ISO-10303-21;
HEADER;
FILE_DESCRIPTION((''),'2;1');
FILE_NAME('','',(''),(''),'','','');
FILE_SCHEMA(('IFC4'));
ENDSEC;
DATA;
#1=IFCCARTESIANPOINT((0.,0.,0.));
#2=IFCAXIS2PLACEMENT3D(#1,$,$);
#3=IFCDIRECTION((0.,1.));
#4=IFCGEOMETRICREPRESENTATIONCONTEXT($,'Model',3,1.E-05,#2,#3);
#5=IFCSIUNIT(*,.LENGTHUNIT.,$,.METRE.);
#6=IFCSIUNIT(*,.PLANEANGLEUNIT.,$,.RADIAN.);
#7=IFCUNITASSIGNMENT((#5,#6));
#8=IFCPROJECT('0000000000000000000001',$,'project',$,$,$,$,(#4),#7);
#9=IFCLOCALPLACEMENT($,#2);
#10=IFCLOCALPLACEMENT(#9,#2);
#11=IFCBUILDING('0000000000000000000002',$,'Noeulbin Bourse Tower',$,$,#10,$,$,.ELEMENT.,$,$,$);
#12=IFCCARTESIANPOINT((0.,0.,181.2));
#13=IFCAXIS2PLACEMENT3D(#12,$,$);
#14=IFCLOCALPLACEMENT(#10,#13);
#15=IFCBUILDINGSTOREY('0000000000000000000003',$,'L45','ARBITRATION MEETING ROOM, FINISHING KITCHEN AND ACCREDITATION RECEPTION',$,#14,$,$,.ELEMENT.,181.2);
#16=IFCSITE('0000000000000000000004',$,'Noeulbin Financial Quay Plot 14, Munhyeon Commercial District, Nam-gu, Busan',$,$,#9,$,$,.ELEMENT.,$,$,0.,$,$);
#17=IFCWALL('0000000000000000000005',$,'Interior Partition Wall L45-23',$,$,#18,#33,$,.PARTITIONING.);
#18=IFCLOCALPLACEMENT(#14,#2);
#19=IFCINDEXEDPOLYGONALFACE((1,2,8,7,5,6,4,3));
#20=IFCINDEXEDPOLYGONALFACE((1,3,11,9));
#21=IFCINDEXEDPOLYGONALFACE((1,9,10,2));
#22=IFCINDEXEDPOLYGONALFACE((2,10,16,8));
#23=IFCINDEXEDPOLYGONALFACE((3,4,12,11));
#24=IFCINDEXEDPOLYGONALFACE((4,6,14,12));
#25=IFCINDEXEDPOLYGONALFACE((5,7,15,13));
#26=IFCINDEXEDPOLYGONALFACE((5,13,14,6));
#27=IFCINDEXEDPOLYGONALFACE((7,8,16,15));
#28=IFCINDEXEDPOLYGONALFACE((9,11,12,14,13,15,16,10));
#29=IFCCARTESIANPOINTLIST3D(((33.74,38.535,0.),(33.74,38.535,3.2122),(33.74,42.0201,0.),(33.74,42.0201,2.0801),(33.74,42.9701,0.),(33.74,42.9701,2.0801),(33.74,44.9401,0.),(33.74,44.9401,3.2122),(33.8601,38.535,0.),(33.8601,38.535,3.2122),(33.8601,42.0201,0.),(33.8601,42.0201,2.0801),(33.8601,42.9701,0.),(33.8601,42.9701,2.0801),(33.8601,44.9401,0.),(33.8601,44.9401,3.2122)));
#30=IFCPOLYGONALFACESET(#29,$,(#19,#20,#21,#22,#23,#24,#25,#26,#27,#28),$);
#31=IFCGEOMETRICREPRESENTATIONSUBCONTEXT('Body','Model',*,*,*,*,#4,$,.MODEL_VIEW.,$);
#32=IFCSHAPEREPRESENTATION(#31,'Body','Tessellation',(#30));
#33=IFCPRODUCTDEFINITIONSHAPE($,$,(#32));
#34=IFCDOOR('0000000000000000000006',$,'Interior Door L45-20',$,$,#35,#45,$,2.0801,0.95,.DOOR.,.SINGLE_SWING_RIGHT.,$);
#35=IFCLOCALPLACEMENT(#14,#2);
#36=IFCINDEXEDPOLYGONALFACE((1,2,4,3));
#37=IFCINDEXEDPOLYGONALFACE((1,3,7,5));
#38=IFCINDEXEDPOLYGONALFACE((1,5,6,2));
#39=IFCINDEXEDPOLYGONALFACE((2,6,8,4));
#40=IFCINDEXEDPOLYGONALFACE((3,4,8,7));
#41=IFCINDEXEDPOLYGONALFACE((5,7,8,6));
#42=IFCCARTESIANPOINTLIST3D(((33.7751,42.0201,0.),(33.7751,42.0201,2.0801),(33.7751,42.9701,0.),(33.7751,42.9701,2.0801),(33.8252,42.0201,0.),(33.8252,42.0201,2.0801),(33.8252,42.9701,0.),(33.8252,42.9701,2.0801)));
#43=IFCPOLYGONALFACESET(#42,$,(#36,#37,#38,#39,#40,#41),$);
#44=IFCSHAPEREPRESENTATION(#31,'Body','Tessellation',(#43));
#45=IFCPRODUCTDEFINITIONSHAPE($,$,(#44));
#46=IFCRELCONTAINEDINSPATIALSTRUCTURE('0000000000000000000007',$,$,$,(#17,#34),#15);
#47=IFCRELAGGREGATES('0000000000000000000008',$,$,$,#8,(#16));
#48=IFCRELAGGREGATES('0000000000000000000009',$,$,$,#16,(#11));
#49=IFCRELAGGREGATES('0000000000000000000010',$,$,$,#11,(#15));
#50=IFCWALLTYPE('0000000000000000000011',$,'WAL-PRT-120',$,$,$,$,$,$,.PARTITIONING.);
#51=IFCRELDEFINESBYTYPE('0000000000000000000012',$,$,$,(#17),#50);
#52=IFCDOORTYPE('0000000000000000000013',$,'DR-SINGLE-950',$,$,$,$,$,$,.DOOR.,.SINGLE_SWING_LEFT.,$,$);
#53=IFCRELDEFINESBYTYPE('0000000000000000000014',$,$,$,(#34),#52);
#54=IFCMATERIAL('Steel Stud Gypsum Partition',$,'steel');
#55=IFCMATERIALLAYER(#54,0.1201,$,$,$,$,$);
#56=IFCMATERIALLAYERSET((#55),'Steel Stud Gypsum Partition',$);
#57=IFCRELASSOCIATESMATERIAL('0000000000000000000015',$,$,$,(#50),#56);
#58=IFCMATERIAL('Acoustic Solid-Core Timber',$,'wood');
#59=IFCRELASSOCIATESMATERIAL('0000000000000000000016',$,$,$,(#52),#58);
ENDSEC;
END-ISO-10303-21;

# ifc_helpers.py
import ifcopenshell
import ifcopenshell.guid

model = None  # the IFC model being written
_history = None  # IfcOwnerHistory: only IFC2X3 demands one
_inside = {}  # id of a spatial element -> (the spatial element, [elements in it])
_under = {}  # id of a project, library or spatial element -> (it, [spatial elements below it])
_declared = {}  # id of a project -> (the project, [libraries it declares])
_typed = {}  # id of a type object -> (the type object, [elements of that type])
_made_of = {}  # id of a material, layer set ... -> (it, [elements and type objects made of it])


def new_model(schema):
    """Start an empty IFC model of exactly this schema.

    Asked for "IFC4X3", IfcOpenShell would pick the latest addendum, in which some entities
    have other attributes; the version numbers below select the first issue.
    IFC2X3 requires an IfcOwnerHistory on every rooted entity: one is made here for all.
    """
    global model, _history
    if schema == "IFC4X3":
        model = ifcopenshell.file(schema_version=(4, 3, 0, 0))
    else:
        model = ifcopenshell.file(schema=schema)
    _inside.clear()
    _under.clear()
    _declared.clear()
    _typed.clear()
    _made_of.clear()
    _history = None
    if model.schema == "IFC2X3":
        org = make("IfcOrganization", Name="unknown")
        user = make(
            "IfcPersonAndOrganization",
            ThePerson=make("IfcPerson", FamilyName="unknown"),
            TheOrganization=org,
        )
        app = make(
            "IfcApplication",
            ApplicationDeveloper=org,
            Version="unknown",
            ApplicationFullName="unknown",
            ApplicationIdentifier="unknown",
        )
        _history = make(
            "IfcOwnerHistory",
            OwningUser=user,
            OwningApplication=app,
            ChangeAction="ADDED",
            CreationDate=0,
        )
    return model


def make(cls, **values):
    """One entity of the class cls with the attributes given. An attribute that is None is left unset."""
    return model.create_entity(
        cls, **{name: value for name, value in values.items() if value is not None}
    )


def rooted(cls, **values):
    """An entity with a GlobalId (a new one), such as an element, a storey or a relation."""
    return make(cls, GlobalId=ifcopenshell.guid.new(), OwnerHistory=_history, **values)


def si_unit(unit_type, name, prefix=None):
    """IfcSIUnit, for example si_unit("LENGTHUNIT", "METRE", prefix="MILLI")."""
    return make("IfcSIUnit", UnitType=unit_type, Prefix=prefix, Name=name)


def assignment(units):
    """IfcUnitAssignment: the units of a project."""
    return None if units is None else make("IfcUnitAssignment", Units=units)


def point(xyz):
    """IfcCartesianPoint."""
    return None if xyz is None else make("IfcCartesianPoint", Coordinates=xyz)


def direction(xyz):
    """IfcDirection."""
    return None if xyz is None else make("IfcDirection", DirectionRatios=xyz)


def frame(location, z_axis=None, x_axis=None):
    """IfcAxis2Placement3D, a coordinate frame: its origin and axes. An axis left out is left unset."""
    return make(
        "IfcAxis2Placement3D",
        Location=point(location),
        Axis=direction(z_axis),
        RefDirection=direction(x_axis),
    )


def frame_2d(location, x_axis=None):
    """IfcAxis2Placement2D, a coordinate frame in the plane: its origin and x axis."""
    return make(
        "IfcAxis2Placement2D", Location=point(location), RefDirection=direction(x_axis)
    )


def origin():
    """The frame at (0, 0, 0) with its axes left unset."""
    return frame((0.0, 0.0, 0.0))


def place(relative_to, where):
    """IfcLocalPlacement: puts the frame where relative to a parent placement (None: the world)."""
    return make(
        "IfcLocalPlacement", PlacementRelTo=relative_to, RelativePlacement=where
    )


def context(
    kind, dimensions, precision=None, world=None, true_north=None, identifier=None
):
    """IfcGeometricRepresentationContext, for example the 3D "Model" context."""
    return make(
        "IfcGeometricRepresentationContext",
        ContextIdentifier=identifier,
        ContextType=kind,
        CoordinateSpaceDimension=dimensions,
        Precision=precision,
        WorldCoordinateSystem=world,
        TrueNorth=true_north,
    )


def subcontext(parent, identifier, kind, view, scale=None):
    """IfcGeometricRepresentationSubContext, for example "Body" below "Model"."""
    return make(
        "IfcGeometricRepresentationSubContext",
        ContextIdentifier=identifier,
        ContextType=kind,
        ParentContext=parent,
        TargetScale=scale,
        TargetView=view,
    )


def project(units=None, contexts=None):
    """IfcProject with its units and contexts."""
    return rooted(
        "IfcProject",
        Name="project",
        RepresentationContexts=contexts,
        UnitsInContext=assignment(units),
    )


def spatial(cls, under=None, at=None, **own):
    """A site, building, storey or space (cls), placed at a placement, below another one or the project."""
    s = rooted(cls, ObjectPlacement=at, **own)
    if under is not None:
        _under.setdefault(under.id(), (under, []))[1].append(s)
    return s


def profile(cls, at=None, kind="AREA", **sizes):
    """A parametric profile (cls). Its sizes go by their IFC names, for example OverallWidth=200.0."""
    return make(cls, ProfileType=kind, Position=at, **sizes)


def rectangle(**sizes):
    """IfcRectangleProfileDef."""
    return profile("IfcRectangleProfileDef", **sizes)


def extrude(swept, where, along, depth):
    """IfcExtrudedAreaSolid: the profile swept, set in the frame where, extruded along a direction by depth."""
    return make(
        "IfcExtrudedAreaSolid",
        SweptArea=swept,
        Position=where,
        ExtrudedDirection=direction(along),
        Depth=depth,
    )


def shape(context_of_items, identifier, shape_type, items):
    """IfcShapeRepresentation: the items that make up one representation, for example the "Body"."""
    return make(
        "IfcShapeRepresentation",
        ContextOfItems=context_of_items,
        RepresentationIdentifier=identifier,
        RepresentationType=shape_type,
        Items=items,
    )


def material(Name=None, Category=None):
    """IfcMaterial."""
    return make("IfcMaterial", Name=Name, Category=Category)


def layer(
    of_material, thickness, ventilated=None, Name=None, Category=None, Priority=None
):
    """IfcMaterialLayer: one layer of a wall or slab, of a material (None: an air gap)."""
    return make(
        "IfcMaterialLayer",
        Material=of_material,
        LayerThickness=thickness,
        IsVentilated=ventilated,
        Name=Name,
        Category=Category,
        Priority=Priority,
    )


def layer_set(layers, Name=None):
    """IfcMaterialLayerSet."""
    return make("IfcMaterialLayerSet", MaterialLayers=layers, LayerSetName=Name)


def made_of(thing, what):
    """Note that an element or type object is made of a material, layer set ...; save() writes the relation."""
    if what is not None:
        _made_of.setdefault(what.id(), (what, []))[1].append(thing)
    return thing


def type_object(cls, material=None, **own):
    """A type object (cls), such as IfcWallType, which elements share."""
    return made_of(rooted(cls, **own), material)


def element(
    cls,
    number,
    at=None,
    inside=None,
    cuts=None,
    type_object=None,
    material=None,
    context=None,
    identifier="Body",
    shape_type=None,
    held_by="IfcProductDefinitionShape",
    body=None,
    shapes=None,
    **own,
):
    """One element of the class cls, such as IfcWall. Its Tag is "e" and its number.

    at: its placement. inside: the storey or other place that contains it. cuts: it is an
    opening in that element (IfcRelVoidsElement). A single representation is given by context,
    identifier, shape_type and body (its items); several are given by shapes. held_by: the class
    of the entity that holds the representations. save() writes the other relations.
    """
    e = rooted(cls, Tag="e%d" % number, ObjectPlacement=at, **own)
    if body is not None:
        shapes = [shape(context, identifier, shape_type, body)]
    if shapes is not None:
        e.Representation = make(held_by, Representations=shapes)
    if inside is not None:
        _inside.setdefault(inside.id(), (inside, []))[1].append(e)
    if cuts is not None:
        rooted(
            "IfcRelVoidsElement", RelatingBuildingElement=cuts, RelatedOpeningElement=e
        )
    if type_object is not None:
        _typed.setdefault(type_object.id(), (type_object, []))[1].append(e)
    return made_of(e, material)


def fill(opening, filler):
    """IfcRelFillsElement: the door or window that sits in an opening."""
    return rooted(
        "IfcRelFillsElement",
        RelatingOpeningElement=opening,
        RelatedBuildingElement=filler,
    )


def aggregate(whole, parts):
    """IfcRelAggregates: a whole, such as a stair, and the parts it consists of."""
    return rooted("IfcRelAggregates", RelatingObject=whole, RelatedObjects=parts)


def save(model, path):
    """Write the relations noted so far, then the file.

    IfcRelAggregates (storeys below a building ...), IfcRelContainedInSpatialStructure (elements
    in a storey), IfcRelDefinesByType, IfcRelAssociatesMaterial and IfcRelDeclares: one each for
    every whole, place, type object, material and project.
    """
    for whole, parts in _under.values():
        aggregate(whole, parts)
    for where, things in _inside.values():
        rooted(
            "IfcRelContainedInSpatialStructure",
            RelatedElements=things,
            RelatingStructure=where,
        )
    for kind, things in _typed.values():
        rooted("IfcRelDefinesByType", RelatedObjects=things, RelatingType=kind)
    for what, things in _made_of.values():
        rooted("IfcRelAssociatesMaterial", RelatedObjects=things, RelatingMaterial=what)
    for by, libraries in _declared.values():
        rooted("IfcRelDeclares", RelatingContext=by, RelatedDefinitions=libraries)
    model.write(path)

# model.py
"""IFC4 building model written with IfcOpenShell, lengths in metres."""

from ifc_helpers import new_model, si_unit, direction, frame, frame_2d, origin, place, context, subcontext, project, spatial, rectangle, extrude, material, layer, layer_set, type_object, element, fill, save


model = new_model("IFC4")

# Units and contexts
model_context = context("Model", 3, precision=1e-05, world=origin(), true_north=direction((0.0, 1.0)))
body_context = subcontext(model_context, "Body", "Model", "MODEL_VIEW")
ifc_project = project(units=[si_unit("LENGTHUNIT", "METRE"), si_unit("PLANEANGLEUNIT", "RADIAN")], contexts=[model_context])

# Site, building, storey
site_placement = place(None, origin())
site = spatial("IfcSite", under=ifc_project, at=site_placement, Name="Noeulbin Financial Quay Plot 14, Munhyeon Commercial District, Nam-gu, Busan", CompositionType="ELEMENT", RefElevation=0.0)
building_placement = place(site_placement, origin())
building = spatial("IfcBuilding", under=site, at=building_placement, Name="Noeulbin Bourse Tower", CompositionType="ELEMENT")
storey_placement = place(building_placement, frame((0.0, 0.0, 181.2)))
storey = spatial("IfcBuildingStorey", under=building, at=storey_placement, Name="L45", Description="ARBITRATION MEETING ROOM, FINISHING KITCHEN AND ACCREDITATION RECEPTION", CompositionType="ELEMENT", Elevation=181.2)

# Wall, opening, door
ifc_material_1 = material(Name="Steel Stud Gypsum Partition", Category="steel")
ifc_layer_1 = layer(ifc_material_1, 0.1201)
ifc_layer_set_1 = layer_set([ifc_layer_1], Name="Steel Stud Gypsum Partition")
wall_type = type_object("IfcWallType", Name="WAL-PRT-120", PredefinedType="PARTITIONING", material=ifc_layer_set_1)
wall_placement = place(storey_placement, frame((33.8, 38.5349, 0.0), z_axis=(0.0, 0.0, 1.0), x_axis=(0.0, 1.0, 0.0)))
wall = element("IfcWall", 1, at=wall_placement, inside=storey, type_object=wall_type, Name="Interior Partition Wall L45-23", PredefinedType="PARTITIONING", context=body_context, shape_type="SweptSolid", body=[
    extrude(rectangle(XDim=6.405, YDim=0.1201, at=frame_2d((3.2026, 0.0))), origin(), (0.0, 0.0, 1.0), 3.2122),
])
opening_placement = place(wall_placement, frame((3.4851, 0.0, 0.0)))
opening = element("IfcOpeningElement", 2, at=opening_placement, cuts=wall, PredefinedType="OPENING", context=body_context, shape_type="SweptSolid", body=[
    extrude(rectangle(XDim=0.95, YDim=2.0801, at=frame_2d((0.4751, 1.04))), frame((0.0, 0.0701, 0.0), z_axis=(0.0, -1.0, 0.0), x_axis=(1.0, 0.0, 0.0)), (0.0, 0.0, 1.0), 0.1401),
])
ifc_material_2 = material(Name="Acoustic Solid-Core Timber", Category="wood")
door_type = type_object("IfcDoorType", Name="DR-SINGLE-950", OperationType="SINGLE_SWING_LEFT", PredefinedType="DOOR", material=ifc_material_2)
door_placement = place(opening_placement, origin())
door = element("IfcDoor", 3, at=door_placement, inside=storey, type_object=door_type, Name="Interior Door L45-20", OperationType="SINGLE_SWING_RIGHT", OverallHeight=2.0801, OverallWidth=0.95, PredefinedType="DOOR", context=body_context, shape_type="SweptSolid", body=[
    extrude(rectangle(XDim=0.95, YDim=2.0801, at=frame_2d((0.4751, 1.04))), frame((0.0, 0.0249, 0.0), z_axis=(0.0, -1.0, 0.0), x_axis=(1.0, 0.0, 0.0)), (0.0, 0.0, 1.0), 0.05),
])
fill(opening, door)

save(model, "model.ifc")
